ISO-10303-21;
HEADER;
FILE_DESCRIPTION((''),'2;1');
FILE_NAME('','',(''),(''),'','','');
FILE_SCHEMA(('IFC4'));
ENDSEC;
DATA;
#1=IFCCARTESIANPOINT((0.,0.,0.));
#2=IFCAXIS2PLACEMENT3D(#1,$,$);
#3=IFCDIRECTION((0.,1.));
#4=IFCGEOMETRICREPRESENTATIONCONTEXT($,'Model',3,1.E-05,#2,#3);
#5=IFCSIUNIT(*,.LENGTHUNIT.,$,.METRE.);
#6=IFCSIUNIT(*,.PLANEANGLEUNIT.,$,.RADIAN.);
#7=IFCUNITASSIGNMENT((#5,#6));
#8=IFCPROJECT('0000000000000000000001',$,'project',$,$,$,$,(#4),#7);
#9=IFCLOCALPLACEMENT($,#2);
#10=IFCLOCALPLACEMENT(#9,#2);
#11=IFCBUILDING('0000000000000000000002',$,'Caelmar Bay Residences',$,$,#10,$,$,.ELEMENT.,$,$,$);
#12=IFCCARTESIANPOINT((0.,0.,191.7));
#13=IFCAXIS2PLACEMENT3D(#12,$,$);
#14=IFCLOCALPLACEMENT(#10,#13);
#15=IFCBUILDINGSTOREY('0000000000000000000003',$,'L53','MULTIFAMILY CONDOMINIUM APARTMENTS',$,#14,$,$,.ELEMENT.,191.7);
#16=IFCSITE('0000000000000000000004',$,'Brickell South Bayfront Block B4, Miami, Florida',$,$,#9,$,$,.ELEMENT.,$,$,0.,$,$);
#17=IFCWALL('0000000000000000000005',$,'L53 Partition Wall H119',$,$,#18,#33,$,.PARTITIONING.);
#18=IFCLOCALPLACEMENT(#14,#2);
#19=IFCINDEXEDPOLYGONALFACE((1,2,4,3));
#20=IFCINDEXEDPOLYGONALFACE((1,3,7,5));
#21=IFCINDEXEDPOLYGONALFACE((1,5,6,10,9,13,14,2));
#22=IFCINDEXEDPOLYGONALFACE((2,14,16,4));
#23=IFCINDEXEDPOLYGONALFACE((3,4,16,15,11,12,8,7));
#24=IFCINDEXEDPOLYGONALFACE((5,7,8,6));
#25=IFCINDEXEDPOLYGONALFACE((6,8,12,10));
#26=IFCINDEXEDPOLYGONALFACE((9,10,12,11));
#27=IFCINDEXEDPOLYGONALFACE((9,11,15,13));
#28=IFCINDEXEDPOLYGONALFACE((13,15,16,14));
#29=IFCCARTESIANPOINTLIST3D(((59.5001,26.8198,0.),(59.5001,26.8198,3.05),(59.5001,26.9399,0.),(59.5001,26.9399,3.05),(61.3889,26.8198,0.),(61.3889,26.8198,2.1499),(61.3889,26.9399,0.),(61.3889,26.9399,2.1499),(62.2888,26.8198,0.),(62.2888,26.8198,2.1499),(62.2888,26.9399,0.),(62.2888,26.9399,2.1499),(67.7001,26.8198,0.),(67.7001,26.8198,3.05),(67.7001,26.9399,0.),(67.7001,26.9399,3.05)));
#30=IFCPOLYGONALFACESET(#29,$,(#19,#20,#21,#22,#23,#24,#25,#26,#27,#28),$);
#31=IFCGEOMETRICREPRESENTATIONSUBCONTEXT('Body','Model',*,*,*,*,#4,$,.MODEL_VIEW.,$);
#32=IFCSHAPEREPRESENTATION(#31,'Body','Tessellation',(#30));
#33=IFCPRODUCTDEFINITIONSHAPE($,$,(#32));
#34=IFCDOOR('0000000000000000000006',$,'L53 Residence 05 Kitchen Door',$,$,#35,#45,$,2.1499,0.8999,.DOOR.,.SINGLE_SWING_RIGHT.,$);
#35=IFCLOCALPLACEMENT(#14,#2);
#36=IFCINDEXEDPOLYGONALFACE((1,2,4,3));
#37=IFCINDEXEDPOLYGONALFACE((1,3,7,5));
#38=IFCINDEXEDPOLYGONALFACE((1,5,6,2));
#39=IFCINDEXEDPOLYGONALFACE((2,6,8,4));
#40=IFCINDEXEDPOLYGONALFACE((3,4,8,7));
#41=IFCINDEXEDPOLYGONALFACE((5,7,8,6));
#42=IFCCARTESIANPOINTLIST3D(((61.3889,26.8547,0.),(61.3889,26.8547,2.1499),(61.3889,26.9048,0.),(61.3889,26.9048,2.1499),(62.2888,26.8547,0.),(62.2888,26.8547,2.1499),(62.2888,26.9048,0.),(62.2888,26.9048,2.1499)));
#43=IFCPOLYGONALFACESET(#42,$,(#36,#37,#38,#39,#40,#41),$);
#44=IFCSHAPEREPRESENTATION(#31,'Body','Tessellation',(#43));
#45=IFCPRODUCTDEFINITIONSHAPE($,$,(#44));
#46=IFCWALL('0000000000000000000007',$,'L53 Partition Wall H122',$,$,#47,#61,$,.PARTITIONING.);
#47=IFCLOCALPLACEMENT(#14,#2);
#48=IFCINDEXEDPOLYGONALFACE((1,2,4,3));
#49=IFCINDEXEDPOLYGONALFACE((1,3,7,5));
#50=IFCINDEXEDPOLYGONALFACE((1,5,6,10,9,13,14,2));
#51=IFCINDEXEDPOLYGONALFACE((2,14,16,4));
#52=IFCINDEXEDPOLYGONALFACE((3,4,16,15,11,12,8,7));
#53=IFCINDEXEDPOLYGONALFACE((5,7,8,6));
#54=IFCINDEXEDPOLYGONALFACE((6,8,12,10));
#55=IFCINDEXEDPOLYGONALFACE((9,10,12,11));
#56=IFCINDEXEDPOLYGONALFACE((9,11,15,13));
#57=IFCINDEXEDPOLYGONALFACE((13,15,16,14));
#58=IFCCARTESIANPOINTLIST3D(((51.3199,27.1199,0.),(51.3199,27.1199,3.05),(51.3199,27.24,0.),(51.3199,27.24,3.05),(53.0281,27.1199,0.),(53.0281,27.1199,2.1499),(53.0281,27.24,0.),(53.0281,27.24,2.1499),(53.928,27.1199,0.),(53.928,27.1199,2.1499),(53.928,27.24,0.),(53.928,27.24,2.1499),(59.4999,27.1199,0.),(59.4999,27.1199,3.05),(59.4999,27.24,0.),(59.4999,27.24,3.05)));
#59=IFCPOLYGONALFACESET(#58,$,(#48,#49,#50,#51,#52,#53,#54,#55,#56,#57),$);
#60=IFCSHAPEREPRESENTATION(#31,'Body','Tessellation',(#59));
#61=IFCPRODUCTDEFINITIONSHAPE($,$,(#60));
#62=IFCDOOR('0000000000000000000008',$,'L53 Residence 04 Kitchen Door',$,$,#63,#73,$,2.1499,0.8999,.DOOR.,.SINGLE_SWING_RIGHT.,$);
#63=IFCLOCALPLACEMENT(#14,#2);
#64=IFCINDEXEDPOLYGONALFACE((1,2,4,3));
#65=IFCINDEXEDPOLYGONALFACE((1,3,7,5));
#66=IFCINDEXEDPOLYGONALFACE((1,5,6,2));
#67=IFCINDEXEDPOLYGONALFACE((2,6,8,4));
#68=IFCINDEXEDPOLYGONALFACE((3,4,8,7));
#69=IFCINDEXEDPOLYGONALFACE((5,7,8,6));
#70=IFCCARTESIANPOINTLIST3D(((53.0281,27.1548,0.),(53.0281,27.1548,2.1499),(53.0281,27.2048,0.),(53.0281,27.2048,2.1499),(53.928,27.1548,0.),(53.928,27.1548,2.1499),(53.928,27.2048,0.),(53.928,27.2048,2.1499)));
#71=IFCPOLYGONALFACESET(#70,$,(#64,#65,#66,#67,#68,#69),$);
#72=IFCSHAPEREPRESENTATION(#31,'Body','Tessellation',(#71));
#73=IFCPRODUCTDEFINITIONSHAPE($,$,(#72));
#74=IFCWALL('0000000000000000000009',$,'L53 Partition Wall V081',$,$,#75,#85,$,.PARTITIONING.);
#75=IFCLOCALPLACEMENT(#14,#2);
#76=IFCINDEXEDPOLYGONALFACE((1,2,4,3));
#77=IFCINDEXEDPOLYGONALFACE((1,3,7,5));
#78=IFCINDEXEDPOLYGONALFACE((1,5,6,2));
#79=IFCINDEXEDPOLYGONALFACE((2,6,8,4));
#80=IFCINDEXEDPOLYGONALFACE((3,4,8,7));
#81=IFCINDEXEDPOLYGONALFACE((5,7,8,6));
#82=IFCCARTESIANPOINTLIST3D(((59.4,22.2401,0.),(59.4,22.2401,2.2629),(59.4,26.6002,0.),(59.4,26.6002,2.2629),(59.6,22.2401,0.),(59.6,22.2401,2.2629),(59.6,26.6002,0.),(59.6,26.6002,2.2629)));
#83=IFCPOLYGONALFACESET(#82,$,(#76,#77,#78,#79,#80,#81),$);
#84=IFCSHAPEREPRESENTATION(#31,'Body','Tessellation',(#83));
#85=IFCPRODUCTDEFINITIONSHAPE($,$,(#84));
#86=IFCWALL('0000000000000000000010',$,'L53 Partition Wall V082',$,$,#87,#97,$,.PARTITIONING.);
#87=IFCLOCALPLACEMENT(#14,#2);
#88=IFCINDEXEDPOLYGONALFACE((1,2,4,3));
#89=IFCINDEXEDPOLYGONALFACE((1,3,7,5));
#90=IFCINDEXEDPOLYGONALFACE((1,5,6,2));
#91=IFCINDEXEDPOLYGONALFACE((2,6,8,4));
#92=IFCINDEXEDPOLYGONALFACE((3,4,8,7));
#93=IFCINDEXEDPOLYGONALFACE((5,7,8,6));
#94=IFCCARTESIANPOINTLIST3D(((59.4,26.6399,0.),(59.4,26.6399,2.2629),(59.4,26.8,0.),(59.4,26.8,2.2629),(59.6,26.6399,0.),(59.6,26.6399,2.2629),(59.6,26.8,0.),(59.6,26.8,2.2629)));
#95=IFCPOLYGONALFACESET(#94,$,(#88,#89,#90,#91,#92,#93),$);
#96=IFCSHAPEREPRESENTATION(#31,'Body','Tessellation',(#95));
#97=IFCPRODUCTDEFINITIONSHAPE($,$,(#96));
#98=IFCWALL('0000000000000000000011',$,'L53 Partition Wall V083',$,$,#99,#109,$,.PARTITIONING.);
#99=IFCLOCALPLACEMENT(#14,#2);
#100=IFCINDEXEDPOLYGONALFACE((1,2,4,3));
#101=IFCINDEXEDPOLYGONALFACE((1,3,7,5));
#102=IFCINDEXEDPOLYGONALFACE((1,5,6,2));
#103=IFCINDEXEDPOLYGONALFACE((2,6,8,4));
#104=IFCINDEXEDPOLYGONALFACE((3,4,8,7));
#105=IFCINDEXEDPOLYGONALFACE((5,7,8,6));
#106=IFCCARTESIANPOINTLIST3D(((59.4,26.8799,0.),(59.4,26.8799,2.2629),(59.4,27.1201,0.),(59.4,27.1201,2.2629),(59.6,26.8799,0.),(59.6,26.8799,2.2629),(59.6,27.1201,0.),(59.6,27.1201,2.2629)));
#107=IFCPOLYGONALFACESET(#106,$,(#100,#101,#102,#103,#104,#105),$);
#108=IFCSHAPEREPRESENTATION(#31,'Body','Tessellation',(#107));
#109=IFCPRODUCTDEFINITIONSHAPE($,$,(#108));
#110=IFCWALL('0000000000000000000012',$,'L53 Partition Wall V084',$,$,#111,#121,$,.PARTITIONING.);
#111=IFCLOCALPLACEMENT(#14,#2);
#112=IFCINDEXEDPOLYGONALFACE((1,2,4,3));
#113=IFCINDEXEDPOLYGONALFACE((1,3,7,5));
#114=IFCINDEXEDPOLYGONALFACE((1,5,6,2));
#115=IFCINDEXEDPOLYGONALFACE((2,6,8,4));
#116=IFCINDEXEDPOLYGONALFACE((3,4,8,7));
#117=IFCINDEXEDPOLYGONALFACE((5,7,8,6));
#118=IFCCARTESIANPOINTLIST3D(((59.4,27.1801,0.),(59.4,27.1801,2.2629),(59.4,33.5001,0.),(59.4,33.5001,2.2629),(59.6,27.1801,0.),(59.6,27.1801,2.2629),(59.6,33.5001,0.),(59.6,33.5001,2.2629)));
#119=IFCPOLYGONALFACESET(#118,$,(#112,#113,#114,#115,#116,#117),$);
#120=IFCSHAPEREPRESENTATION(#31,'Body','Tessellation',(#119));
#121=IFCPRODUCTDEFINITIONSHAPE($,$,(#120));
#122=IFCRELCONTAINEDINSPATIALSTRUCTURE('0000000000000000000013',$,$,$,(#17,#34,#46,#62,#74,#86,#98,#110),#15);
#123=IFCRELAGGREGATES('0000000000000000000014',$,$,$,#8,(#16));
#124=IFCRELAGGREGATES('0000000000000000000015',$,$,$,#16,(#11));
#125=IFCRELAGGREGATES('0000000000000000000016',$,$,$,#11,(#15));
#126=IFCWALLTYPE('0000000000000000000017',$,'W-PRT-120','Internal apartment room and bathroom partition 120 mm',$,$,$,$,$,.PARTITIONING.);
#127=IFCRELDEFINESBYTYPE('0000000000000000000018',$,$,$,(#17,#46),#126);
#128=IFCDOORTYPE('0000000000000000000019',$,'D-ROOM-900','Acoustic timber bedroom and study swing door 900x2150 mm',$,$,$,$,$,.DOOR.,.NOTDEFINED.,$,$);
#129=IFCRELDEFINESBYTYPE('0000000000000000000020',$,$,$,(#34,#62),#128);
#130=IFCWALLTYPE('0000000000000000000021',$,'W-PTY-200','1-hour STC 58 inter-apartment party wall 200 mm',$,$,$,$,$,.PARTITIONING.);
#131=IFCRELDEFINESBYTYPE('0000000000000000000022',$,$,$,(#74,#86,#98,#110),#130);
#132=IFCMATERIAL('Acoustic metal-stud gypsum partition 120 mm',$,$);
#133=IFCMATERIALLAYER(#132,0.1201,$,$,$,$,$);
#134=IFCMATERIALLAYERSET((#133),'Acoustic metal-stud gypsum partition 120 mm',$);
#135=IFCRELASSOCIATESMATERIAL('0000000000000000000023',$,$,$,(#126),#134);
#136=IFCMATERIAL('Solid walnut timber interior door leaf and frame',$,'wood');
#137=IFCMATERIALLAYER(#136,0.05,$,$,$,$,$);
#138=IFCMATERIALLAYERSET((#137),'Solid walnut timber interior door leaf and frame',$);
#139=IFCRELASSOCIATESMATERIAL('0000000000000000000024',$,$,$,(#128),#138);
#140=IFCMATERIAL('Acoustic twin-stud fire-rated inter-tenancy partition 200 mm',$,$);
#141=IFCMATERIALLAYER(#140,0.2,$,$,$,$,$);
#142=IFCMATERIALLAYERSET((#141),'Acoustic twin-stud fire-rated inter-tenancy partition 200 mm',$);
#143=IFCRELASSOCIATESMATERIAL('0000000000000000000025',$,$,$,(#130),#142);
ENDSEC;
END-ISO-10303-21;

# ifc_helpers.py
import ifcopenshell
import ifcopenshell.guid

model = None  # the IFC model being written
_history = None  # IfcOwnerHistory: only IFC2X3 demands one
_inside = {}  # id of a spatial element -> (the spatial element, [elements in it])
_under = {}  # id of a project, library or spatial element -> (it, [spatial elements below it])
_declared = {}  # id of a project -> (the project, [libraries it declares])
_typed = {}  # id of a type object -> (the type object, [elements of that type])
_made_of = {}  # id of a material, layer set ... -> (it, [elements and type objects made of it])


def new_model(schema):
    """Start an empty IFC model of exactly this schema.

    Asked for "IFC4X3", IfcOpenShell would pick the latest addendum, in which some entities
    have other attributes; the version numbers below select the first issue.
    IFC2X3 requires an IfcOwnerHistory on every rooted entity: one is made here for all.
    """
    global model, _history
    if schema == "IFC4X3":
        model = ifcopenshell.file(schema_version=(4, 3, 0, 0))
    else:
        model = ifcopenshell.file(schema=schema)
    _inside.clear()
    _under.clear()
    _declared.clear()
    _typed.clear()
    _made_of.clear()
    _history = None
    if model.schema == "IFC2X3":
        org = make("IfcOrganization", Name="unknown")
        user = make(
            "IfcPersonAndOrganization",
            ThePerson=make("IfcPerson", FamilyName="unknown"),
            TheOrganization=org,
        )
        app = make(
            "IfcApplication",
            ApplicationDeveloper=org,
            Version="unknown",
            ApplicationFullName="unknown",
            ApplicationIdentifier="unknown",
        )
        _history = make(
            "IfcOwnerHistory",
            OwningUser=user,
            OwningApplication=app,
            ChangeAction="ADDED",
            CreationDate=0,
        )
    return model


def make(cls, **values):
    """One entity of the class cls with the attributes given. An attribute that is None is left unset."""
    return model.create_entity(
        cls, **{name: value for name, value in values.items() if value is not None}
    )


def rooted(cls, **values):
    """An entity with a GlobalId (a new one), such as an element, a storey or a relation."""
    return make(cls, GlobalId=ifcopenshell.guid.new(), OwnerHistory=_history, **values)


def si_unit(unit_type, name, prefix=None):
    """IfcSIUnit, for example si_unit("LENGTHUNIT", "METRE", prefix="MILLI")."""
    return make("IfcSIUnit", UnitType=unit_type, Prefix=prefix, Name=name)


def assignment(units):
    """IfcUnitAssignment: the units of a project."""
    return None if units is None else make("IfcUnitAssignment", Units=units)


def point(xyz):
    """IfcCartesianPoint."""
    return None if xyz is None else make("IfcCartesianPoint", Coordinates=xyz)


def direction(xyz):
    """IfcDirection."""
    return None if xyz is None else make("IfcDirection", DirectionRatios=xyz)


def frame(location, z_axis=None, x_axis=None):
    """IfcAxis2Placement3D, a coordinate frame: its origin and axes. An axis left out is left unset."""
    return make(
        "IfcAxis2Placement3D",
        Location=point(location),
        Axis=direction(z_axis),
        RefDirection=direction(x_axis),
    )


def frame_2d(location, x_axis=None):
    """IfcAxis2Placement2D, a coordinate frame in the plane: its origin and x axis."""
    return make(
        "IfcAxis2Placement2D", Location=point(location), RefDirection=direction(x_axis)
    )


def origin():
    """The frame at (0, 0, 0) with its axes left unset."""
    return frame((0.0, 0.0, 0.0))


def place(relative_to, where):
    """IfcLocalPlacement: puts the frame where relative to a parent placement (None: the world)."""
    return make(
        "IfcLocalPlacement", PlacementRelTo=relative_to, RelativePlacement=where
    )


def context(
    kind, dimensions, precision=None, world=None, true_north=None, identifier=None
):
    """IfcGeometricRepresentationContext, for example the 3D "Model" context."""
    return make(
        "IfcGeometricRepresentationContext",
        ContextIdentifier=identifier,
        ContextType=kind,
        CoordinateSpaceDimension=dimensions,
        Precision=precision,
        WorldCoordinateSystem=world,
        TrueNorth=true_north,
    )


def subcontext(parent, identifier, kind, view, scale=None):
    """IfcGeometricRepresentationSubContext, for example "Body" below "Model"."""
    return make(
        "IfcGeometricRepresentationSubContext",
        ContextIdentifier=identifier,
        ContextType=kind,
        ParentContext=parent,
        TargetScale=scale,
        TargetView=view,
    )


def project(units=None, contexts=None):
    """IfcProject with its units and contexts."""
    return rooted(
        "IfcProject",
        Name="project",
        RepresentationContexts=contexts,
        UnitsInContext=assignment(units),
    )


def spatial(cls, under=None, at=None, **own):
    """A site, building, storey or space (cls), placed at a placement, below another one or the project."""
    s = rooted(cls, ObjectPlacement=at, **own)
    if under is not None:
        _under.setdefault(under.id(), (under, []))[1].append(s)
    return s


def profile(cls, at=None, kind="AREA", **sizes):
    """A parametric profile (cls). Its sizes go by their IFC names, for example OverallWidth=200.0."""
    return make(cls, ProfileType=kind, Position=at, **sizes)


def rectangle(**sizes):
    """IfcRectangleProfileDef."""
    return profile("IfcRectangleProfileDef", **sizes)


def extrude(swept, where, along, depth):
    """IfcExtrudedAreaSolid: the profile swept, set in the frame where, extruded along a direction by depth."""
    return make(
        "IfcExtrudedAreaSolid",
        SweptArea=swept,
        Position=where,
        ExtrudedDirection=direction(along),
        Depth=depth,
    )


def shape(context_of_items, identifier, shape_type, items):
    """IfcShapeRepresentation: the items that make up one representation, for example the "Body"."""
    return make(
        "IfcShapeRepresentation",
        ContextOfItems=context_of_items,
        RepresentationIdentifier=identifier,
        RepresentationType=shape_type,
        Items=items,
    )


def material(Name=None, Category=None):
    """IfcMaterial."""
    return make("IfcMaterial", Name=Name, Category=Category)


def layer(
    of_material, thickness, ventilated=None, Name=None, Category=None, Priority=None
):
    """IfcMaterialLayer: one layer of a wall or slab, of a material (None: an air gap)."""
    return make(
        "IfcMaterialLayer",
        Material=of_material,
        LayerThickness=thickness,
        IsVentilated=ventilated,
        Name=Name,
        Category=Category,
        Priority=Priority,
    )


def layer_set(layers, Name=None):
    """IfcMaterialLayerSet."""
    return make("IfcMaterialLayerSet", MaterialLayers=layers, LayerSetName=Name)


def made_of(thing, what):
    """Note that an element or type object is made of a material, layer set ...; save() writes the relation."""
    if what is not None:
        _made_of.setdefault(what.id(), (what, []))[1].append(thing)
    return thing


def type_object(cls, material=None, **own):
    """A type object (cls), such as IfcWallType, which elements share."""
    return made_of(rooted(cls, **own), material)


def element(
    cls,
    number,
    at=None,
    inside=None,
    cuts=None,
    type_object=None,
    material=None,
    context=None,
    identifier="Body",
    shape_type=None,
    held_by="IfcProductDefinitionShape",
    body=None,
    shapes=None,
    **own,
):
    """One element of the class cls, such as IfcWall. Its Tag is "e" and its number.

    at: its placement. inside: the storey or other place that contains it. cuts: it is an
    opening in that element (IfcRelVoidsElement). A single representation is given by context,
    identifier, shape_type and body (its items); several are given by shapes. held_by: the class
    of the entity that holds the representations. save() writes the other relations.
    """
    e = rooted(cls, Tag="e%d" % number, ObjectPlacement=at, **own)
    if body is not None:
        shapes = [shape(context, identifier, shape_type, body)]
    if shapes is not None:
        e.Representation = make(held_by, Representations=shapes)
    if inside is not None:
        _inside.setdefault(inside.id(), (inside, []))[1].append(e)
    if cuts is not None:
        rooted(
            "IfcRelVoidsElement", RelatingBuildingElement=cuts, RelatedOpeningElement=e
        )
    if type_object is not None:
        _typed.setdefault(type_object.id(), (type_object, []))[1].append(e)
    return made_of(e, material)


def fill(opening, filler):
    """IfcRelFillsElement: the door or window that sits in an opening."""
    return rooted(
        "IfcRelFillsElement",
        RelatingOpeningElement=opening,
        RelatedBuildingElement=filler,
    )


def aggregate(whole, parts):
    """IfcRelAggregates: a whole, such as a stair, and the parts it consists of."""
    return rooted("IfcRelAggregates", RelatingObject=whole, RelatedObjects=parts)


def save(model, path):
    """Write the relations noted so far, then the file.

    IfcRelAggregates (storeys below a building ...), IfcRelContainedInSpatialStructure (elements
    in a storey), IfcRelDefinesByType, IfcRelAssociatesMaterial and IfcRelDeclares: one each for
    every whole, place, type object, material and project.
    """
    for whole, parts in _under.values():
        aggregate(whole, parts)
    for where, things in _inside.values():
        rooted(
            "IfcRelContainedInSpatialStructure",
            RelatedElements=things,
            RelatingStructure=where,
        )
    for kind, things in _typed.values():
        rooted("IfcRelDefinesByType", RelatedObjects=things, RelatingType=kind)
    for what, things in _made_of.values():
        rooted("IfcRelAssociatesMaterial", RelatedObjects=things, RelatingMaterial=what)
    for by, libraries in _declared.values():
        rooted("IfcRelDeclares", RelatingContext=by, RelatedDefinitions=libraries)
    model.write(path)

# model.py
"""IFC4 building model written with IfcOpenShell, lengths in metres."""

from ifc_helpers import new_model, si_unit, direction, frame, frame_2d, origin, place, context, subcontext, project, spatial, rectangle, extrude, material, layer, layer_set, type_object, element, fill, save


model = new_model("IFC4")

# Units and contexts
model_context = context("Model", 3, precision=1e-05, world=origin(), true_north=direction((0.0, 1.0)))
body_context = subcontext(model_context, "Body", "Model", "MODEL_VIEW")
ifc_project = project(units=[si_unit("LENGTHUNIT", "METRE"), si_unit("PLANEANGLEUNIT", "RADIAN")], contexts=[model_context])

# Site, building, storey
site_placement = place(None, origin())
site = spatial("IfcSite", under=ifc_project, at=site_placement, Name="Brickell South Bayfront Block B4, Miami, Florida", CompositionType="ELEMENT", RefElevation=0.0)
building_placement = place(site_placement, origin())
building = spatial("IfcBuilding", under=site, at=building_placement, Name="Caelmar Bay Residences", CompositionType="ELEMENT")
storey_placement = place(building_placement, frame((0.0, 0.0, 191.7)))
storey = spatial("IfcBuildingStorey", under=building, at=storey_placement, Name="L53", Description="MULTIFAMILY CONDOMINIUM APARTMENTS", CompositionType="ELEMENT", Elevation=191.7)

# Shared definitions
ifc_material_1 = material(Name="Acoustic metal-stud gypsum partition 120 mm")
ifc_layer_1 = layer(ifc_material_1, 0.1201)
ifc_layer_set_1 = layer_set([ifc_layer_1], Name="Acoustic metal-stud gypsum partition 120 mm")
wall_type_1 = type_object("IfcWallType", Name="W-PRT-120", Description="Internal apartment room and bathroom partition 120 mm", PredefinedType="PARTITIONING", material=ifc_layer_set_1)

# Shared definitions
ifc_material_2 = material(Name="Solid walnut timber interior door leaf and frame", Category="wood")
ifc_layer_2 = layer(ifc_material_2, 0.05)
ifc_layer_set_2 = layer_set([ifc_layer_2], Name="Solid walnut timber interior door leaf and frame")
door_type_1 = type_object("IfcDoorType", Name="D-ROOM-900", Description="Acoustic timber bedroom and study swing door 900x2150 mm", OperationType="NOTDEFINED", PredefinedType="DOOR", material=ifc_layer_set_2)

# Walls, openings, doors
wall_1_placement = place(storey_placement, frame((59.5, 26.8799, 0.0), z_axis=(0.0, 0.0, 1.0), x_axis=(1.0, 0.0, 0.0)))
wall_1 = element("IfcWall", 1, at=wall_1_placement, inside=storey, type_object=wall_type_1, Name="L53 Partition Wall H119", PredefinedType="PARTITIONING", context=body_context, shape_type="SweptSolid", body=[
    extrude(rectangle(XDim=8.2, YDim=0.1201, at=frame_2d((4.1001, 0.0))), origin(), (0.0, 0.0, 1.0), 3.05),
])
opening_1_placement = place(wall_1_placement, frame((1.8889, 0.0, 0.0)))
opening_1 = element("IfcOpeningElement", 2, at=opening_1_placement, cuts=wall_1, PredefinedType="OPENING", context=body_context, shape_type="SweptSolid", body=[
    extrude(rectangle(XDim=0.8999, YDim=2.1499, at=frame_2d((0.45, 1.075))), frame((0.0, 0.0701, 0.0), z_axis=(0.0, -1.0, 0.0), x_axis=(1.0, 0.0, 0.0)), (0.0, 0.0, 1.0), 0.1401),
])
door_1_placement = place(opening_1_placement, origin())
door_1 = element("IfcDoor", 3, at=door_1_placement, inside=storey, type_object=door_type_1, Name="L53 Residence 05 Kitchen Door", OperationType="SINGLE_SWING_RIGHT", OverallHeight=2.1499, OverallWidth=0.8999, PredefinedType="DOOR", context=body_context, shape_type="SweptSolid", body=[
    extrude(rectangle(XDim=0.8999, YDim=2.1499, at=frame_2d((0.45, 1.075))), frame((0.0, 0.0249, 0.0), z_axis=(0.0, -1.0, 0.0), x_axis=(1.0, 0.0, 0.0)), (0.0, 0.0, 1.0), 0.05),
])
fill(opening_1, door_1)
wall_2_placement = place(storey_placement, frame((51.3201, 27.1799, 0.0), z_axis=(0.0, 0.0, 1.0), x_axis=(1.0, 0.0, 0.0)))
wall_2 = element("IfcWall", 4, at=wall_2_placement, inside=storey, type_object=wall_type_1, Name="L53 Partition Wall H122", PredefinedType="PARTITIONING", context=body_context, shape_type="SweptSolid", body=[
    extrude(rectangle(XDim=8.1799, YDim=0.1201, at=frame_2d((4.0898, 0.0))), origin(), (0.0, 0.0, 1.0), 3.05),
])
opening_2_placement = place(wall_2_placement, frame((1.708, 0.0, 0.0)))
opening_2 = element("IfcOpeningElement", 5, at=opening_2_placement, cuts=wall_2, PredefinedType="OPENING", context=body_context, shape_type="SweptSolid", body=[
    extrude(rectangle(XDim=0.8999, YDim=2.1499, at=frame_2d((0.45, 1.075))), frame((0.0, 0.0701, 0.0), z_axis=(0.0, -1.0, 0.0), x_axis=(1.0, 0.0, 0.0)), (0.0, 0.0, 1.0), 0.1401),
])
door_2_placement = place(opening_2_placement, origin())
door_2 = element("IfcDoor", 6, at=door_2_placement, inside=storey, type_object=door_type_1, Name="L53 Residence 04 Kitchen Door", OperationType="SINGLE_SWING_RIGHT", OverallHeight=2.1499, OverallWidth=0.8999, PredefinedType="DOOR", context=body_context, shape_type="SweptSolid", body=[
    extrude(rectangle(XDim=0.8999, YDim=2.1499, at=frame_2d((0.45, 1.075))), frame((0.0, 0.0249, 0.0), z_axis=(0.0, -1.0, 0.0), x_axis=(1.0, 0.0, 0.0)), (0.0, 0.0, 1.0), 0.05),
])
fill(opening_2, door_2)

# Walls
ifc_material_3 = material(Name="Acoustic twin-stud fire-rated inter-tenancy partition 200 mm")
ifc_layer_3 = layer(ifc_material_3, 0.2)
ifc_layer_set_3 = layer_set([ifc_layer_3], Name="Acoustic twin-stud fire-rated inter-tenancy partition 200 mm")
wall_type_2 = type_object("IfcWallType", Name="W-PTY-200", Description="1-hour STC 58 inter-apartment party wall 200 mm", PredefinedType="PARTITIONING", material=ifc_layer_set_3)
wall_3_placement = place(storey_placement, frame((59.5, 22.24, 0.0), z_axis=(0.0, 0.0, 1.0), x_axis=(0.0, 1.0, 0.0)))
element("IfcWall", 7, at=wall_3_placement, inside=storey, type_object=wall_type_2, Name="L53 Partition Wall V081", PredefinedType="PARTITIONING", context=body_context, shape_type="SweptSolid", body=[
    extrude(rectangle(XDim=4.3601, YDim=0.2, at=frame_2d((2.1802, 0.0))), origin(), (0.0, 0.0, 1.0), 2.2629),
])
wall_4_placement = place(storey_placement, frame((59.5, 26.6399, 0.0), z_axis=(0.0, 0.0, 1.0), x_axis=(0.0, 1.0, 0.0)))
element("IfcWall", 8, at=wall_4_placement, inside=storey, type_object=wall_type_2, Name="L53 Partition Wall V082", PredefinedType="PARTITIONING", context=body_context, shape_type="SweptSolid", body=[
    extrude(rectangle(XDim=0.1602, YDim=0.2, at=frame_2d((0.0801, 0.0))), origin(), (0.0, 0.0, 1.0), 2.2629),
])
wall_5_placement = place(storey_placement, frame((59.5, 26.8799, 0.0), z_axis=(0.0, 0.0, 1.0), x_axis=(0.0, 1.0, 0.0)))
element("IfcWall", 9, at=wall_5_placement, inside=storey, type_object=wall_type_2, Name="L53 Partition Wall V083", PredefinedType="PARTITIONING", context=body_context, shape_type="SweptSolid", body=[
    extrude(rectangle(XDim=0.2402, YDim=0.2, at=frame_2d((0.1201, 0.0))), origin(), (0.0, 0.0, 1.0), 2.2629),
])
wall_6_placement = place(storey_placement, frame((59.5, 27.1799, 0.0), z_axis=(0.0, 0.0, 1.0), x_axis=(0.0, 1.0, 0.0)))
element("IfcWall", 10, at=wall_6_placement, inside=storey, type_object=wall_type_2, Name="L53 Partition Wall V084", PredefinedType="PARTITIONING", context=body_context, shape_type="SweptSolid", body=[
    extrude(rectangle(XDim=6.3201, YDim=0.2, at=frame_2d((3.1602, 0.0))), origin(), (0.0, 0.0, 1.0), 2.2629),
])

save(model, "model.ifc")
